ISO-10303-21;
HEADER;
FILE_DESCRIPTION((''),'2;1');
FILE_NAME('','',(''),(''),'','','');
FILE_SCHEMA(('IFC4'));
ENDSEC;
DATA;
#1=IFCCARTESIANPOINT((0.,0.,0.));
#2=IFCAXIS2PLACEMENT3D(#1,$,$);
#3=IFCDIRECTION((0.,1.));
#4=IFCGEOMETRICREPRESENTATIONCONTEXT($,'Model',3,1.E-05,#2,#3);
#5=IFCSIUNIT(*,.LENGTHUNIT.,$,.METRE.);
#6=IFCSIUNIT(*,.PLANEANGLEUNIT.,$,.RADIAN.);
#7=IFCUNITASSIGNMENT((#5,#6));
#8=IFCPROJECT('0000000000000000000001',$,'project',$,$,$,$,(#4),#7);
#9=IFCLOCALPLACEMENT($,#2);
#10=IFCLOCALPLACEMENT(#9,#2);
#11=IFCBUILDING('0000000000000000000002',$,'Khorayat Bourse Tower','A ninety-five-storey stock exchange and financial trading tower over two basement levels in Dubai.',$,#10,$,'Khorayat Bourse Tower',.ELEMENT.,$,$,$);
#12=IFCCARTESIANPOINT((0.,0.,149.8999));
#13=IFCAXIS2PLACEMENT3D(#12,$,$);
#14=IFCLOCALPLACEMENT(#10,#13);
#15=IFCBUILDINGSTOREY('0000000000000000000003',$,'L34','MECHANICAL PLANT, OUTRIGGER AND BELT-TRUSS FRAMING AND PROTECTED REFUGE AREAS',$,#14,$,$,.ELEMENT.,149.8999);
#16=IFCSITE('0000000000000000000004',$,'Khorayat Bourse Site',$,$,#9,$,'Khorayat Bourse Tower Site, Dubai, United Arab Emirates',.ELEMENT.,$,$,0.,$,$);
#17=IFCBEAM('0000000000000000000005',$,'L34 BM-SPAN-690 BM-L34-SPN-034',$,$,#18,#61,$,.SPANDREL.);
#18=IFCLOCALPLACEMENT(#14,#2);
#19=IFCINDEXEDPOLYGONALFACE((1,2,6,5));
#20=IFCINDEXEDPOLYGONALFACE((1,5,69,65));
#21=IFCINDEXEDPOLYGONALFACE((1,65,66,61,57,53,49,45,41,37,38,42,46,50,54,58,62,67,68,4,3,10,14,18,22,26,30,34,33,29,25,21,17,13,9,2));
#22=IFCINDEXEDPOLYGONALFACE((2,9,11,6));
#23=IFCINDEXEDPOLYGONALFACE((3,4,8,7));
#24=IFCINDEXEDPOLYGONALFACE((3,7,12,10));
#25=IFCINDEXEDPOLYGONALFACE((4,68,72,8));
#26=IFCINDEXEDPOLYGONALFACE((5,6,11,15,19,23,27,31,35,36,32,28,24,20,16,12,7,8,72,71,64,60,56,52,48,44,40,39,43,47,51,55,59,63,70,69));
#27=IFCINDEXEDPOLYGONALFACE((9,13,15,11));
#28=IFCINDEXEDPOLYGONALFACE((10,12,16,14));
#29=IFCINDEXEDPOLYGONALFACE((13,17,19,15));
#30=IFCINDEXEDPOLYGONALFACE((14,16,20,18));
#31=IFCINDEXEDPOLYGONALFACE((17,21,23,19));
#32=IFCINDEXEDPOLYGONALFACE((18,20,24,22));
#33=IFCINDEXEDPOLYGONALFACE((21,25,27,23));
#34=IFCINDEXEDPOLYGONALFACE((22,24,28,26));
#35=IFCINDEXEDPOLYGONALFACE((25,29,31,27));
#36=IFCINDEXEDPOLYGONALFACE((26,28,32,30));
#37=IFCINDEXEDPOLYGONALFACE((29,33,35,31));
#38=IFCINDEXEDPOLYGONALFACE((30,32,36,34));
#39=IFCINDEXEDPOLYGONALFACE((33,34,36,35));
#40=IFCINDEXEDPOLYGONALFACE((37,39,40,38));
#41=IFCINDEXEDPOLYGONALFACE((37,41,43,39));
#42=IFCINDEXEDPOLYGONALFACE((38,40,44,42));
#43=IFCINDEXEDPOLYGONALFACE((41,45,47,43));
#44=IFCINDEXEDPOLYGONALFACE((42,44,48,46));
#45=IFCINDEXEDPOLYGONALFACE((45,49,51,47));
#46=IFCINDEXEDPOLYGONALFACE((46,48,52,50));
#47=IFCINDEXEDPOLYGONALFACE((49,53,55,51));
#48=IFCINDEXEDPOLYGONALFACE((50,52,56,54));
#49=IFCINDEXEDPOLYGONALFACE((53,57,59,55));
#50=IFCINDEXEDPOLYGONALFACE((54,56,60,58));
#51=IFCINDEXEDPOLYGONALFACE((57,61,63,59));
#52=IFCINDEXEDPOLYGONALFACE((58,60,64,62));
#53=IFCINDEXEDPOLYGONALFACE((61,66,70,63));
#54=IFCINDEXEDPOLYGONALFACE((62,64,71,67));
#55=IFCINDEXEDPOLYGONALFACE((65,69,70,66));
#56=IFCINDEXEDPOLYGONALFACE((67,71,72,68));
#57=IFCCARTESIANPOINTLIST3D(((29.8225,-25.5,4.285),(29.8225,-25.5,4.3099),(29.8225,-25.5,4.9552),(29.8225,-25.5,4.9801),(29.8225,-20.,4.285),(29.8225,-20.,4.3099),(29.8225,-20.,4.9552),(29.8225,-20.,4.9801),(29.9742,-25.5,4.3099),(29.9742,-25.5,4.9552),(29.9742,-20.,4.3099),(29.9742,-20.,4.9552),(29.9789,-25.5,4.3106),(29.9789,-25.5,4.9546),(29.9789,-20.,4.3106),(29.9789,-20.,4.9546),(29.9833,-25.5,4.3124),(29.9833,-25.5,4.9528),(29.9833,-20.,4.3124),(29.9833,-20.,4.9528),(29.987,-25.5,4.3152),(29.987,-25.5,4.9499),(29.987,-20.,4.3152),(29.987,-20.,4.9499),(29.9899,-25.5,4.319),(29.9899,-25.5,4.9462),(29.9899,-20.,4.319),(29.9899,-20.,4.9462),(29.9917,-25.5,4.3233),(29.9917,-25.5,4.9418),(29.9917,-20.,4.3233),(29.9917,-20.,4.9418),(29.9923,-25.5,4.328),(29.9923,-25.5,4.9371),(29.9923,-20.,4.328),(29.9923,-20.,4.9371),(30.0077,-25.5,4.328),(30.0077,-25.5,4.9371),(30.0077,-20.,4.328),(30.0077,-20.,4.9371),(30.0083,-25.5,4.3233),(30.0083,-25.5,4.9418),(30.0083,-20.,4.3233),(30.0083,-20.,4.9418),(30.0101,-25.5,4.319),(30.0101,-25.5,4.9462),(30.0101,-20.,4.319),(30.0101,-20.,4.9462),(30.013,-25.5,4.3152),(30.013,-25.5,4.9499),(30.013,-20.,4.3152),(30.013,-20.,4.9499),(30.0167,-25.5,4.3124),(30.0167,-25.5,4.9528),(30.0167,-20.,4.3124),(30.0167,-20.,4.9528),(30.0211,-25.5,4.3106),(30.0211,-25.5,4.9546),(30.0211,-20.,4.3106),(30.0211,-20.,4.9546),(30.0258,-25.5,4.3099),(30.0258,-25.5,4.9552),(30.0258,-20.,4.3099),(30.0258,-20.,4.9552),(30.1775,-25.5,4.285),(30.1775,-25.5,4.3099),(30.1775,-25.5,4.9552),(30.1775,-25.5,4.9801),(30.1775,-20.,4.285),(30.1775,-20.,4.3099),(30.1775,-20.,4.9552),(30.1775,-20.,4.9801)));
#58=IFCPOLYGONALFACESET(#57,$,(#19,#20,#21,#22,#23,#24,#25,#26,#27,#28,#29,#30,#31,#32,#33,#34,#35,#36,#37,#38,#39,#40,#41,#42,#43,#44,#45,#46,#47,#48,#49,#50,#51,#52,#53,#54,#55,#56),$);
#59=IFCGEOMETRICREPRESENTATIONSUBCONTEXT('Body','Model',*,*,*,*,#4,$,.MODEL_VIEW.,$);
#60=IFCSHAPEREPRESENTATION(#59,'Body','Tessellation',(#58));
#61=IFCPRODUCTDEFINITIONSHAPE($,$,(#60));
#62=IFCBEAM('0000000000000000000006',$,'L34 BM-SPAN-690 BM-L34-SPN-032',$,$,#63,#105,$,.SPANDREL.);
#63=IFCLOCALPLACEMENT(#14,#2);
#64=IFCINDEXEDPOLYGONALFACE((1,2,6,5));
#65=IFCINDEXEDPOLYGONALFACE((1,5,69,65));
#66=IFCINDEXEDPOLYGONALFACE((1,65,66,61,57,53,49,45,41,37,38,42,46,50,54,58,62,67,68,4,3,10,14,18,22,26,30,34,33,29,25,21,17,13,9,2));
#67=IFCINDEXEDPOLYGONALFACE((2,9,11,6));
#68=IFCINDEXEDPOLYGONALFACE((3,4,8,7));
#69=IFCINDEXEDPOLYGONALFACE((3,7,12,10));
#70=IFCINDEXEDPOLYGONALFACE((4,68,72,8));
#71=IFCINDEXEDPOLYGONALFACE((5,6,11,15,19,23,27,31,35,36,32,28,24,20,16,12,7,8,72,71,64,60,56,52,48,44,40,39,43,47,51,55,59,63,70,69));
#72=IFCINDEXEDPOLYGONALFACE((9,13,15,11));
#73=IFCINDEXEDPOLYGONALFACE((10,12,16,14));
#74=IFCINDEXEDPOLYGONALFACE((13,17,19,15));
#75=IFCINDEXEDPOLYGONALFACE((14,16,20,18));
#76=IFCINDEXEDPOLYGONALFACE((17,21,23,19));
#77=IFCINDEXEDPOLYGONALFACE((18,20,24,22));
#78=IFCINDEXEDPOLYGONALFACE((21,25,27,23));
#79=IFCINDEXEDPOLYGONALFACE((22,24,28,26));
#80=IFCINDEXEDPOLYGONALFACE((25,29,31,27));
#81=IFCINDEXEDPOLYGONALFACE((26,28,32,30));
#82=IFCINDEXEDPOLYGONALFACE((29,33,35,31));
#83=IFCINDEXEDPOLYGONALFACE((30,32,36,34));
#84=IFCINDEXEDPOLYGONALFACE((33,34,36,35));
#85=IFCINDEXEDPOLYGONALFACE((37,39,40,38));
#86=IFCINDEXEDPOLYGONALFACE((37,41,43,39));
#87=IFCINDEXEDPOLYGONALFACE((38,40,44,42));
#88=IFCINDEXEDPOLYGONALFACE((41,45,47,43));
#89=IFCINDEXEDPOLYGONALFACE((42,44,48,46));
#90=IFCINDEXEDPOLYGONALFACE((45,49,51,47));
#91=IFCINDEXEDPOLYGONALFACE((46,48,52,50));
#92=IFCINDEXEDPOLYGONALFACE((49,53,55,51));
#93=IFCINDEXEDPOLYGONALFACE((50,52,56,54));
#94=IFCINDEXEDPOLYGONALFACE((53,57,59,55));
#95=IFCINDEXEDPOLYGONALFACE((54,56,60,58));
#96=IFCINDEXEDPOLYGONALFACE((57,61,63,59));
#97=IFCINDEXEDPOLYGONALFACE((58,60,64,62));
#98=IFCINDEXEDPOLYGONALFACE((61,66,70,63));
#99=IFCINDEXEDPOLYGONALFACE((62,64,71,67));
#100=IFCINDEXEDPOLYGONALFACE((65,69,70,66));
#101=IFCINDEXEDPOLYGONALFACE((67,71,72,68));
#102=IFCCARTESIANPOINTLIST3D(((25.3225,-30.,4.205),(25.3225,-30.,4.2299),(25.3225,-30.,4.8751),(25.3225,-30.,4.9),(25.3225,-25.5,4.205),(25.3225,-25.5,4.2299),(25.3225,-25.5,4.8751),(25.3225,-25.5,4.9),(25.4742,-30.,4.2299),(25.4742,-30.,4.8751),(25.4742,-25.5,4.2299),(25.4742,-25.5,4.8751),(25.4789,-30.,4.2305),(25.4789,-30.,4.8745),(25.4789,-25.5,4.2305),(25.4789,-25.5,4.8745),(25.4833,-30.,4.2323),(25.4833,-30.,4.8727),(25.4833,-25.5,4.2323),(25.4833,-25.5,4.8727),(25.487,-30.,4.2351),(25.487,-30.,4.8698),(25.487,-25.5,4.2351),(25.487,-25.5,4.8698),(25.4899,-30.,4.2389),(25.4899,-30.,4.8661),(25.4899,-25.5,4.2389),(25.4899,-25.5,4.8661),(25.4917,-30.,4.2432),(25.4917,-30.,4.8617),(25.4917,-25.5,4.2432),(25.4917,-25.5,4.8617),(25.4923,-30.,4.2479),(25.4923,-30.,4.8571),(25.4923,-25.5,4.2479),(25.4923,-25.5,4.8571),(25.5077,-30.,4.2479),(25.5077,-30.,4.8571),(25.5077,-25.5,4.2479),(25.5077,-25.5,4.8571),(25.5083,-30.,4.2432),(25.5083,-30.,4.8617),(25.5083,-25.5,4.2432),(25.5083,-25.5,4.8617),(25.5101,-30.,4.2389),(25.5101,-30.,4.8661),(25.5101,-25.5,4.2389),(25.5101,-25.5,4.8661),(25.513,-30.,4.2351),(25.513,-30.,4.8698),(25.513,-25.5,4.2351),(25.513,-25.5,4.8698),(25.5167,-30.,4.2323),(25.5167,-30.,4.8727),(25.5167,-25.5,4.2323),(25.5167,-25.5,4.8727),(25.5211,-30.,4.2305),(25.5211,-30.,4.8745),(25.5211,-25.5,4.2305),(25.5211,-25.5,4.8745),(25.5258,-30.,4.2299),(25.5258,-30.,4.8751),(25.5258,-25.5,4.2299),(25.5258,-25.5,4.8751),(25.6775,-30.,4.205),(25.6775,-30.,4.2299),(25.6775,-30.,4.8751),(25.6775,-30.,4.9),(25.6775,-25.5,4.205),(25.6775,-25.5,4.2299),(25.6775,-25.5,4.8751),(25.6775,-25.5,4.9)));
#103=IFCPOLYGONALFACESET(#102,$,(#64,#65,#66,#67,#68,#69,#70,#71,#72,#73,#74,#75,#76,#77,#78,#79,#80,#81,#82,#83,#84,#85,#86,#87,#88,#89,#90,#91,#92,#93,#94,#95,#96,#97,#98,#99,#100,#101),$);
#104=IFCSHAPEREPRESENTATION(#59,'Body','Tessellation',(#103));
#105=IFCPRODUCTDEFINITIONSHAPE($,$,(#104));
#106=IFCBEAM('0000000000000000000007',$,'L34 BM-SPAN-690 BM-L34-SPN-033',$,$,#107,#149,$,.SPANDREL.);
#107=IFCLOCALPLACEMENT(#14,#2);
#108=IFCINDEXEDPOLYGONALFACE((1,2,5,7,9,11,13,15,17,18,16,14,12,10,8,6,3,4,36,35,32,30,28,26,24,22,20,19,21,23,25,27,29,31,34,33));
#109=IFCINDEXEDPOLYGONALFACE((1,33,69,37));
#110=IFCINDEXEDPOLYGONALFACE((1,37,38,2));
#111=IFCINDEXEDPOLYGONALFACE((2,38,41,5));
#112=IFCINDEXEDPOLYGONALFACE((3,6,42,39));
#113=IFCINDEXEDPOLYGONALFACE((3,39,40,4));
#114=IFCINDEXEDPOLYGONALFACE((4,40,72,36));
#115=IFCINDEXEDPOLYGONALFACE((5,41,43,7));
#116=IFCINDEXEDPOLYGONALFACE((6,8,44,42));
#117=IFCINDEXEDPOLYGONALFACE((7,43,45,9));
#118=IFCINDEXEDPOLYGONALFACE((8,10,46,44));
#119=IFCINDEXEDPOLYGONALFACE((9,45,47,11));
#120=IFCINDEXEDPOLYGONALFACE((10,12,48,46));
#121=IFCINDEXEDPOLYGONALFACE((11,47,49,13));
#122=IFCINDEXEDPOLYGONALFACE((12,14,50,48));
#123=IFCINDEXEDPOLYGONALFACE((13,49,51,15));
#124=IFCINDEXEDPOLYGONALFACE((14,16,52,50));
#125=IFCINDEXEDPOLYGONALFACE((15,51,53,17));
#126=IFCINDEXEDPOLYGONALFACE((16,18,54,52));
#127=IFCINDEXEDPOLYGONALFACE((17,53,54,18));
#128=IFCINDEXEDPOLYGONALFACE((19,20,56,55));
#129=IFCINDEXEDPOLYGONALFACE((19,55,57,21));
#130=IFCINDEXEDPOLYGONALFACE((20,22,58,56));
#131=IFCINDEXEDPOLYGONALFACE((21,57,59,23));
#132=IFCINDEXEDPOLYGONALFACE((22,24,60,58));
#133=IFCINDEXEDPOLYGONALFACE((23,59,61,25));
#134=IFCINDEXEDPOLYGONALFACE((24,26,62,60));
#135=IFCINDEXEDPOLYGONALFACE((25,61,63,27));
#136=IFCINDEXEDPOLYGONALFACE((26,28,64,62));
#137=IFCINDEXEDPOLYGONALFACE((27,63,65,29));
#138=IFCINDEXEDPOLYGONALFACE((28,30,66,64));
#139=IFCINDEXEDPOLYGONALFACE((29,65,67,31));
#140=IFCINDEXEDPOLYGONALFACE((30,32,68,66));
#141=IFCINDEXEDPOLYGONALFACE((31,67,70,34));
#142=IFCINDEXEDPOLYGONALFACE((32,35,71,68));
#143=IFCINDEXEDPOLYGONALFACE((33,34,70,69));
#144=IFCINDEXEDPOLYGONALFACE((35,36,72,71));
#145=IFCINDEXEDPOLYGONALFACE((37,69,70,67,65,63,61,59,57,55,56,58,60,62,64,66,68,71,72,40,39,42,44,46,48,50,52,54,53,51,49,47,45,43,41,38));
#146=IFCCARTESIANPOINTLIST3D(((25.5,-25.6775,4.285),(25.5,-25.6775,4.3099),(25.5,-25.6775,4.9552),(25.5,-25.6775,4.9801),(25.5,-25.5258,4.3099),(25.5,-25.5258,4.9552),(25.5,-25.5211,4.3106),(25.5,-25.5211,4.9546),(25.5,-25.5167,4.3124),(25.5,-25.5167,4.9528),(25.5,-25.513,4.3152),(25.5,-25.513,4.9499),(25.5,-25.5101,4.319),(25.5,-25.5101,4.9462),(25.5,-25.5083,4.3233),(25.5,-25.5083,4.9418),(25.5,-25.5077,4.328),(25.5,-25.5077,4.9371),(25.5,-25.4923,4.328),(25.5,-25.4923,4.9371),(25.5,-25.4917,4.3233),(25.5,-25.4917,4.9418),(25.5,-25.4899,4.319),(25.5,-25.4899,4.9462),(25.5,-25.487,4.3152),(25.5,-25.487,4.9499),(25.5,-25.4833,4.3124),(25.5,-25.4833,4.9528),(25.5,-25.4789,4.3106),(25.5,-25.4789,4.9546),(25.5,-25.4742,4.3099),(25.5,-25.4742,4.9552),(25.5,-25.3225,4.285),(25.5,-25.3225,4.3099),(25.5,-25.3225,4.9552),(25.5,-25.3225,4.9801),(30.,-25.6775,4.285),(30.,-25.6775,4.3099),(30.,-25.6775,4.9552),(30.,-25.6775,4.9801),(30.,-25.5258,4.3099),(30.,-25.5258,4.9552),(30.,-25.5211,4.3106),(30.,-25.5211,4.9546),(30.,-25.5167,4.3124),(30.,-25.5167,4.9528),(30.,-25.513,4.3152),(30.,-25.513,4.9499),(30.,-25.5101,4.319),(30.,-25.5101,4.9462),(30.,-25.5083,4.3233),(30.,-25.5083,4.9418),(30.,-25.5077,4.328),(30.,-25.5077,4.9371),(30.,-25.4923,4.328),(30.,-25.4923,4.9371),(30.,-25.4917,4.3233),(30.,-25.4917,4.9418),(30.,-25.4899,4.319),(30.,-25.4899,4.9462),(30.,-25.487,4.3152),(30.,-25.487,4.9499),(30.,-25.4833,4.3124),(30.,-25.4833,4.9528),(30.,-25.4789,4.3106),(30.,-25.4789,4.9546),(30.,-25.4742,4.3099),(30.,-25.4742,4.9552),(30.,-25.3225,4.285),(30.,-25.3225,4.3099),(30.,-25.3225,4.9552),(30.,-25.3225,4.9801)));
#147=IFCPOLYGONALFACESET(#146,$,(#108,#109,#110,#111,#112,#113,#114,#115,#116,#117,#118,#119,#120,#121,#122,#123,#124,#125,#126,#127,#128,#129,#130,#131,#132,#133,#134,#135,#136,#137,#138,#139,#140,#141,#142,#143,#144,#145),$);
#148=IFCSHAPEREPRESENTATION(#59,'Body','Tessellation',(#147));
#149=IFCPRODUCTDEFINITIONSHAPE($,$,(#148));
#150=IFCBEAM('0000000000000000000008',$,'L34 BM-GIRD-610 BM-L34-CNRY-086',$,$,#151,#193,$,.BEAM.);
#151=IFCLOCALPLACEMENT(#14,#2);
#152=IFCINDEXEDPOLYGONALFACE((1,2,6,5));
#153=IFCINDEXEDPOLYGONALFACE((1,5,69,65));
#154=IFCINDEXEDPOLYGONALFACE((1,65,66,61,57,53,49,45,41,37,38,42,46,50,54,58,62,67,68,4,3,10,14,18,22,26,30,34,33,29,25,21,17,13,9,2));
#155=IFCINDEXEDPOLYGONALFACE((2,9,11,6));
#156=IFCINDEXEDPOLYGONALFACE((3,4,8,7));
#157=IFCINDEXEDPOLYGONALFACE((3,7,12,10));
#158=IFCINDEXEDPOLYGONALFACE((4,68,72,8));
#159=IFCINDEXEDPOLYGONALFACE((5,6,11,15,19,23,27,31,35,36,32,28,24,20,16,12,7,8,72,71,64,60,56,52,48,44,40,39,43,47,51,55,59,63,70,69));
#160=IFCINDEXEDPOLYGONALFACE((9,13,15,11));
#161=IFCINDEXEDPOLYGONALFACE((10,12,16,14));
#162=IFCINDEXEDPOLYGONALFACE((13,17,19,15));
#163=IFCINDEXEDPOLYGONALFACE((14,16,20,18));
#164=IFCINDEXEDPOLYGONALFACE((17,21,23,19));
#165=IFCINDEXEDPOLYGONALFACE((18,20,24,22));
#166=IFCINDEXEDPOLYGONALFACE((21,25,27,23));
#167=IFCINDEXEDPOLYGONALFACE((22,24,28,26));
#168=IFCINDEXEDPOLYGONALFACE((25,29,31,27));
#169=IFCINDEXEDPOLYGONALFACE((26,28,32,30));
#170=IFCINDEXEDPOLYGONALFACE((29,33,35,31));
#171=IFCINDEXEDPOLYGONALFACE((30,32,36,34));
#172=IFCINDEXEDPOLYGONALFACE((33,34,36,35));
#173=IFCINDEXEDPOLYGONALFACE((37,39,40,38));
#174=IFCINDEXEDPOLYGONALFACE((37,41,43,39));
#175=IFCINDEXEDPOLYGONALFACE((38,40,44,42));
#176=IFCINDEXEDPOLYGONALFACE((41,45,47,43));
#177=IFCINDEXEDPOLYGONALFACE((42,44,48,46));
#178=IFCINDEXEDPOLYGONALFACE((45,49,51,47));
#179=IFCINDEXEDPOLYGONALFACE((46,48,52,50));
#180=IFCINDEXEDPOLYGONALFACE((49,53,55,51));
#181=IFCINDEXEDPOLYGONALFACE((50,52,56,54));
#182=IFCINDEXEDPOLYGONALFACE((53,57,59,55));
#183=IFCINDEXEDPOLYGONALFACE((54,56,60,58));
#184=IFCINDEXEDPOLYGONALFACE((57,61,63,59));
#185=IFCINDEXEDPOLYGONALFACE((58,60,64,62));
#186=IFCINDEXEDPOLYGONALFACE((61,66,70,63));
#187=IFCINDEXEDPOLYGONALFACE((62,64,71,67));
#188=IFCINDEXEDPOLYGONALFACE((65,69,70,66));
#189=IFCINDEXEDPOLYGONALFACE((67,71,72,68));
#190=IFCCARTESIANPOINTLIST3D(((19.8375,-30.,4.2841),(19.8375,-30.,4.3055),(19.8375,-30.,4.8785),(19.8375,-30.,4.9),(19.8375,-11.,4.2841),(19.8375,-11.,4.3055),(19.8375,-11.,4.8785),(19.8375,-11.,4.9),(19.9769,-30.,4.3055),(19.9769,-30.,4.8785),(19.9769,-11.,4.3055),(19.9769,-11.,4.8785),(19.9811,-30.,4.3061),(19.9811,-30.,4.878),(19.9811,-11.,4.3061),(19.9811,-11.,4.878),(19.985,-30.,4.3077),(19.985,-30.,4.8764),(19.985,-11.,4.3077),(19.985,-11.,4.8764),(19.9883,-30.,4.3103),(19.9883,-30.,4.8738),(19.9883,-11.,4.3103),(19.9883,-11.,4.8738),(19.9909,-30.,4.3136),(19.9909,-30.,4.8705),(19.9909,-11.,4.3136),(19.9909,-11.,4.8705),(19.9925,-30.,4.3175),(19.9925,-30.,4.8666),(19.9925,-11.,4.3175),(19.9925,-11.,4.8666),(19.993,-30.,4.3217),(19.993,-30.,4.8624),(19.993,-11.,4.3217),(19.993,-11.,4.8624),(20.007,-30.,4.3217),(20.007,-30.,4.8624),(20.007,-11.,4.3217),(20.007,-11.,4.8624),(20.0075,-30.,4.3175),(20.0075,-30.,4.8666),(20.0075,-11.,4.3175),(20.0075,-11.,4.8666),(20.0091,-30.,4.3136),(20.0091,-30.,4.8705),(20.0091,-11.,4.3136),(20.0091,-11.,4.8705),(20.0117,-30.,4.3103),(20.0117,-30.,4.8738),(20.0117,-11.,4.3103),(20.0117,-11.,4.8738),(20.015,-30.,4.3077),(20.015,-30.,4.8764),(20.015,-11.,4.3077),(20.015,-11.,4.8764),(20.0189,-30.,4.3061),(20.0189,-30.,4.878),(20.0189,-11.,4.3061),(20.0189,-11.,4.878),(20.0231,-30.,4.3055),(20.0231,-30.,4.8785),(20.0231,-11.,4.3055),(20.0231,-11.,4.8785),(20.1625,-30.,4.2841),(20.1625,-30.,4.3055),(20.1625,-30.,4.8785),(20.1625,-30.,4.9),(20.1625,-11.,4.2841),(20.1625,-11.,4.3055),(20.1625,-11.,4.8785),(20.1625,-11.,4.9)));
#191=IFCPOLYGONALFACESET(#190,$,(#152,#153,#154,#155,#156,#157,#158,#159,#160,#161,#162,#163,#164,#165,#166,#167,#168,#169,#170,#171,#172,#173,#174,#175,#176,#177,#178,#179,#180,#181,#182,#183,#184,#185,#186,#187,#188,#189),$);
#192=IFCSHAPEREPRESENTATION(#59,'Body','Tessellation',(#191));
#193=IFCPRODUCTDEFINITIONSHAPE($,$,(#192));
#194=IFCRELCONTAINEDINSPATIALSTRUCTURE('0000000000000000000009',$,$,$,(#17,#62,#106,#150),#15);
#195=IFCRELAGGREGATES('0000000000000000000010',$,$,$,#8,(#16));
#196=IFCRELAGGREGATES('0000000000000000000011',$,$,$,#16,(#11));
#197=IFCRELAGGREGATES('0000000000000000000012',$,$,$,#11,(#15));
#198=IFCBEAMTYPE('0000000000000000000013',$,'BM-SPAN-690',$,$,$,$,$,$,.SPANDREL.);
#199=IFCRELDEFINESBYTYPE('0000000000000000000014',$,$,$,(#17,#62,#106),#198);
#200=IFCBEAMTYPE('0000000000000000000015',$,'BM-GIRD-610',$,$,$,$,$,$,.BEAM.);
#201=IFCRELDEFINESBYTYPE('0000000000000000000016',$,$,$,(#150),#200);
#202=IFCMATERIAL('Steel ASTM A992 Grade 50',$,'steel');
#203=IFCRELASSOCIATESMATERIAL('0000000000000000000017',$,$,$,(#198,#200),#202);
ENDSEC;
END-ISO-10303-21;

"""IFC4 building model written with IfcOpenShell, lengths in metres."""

from ifc_helpers import new_model, si_unit, direction, frame, origin, origin_2d, place, context, subcontext, project, spatial, i_section, extrude, source, transform, mapped, material, material_profile, profile_set, type_object, element, save


model = new_model("IFC4")

# Units and contexts
model_context = context("Model", 3, precision=1e-05, world=origin(), true_north=direction((0.0, 1.0)))
body_context = subcontext(model_context, "Body", "Model", "MODEL_VIEW")
ifc_project = project(units=[si_unit("LENGTHUNIT", "METRE"), si_unit("PLANEANGLEUNIT", "RADIAN")], contexts=[model_context])

# Site, building, storey
site_placement = place(None, origin())
site = spatial("IfcSite", under=ifc_project, at=site_placement, Name="Khorayat Bourse Site", LongName="Khorayat Bourse Tower Site, Dubai, United Arab Emirates", CompositionType="ELEMENT", RefElevation=0.0)
building_placement = place(site_placement, origin())
building = spatial("IfcBuilding", under=site, at=building_placement, Name="Khorayat Bourse Tower", Description="A ninety-five-storey stock exchange and financial trading tower over two basement levels in Dubai.", LongName="Khorayat Bourse Tower", CompositionType="ELEMENT")
storey_placement = place(building_placement, frame((0.0, 0.0, 149.8999)))
storey = spatial("IfcBuildingStorey", under=building, at=storey_placement, Name="L34", Description="MECHANICAL PLANT, OUTRIGGER AND BELT-TRUSS FRAMING AND PROTECTED REFUGE AREAS", CompositionType="ELEMENT", Elevation=149.8999)

# Beams
ifc_material_1 = material(Name="Steel ASTM A992 Grade 50", Category="steel")
ifc_material_profile_1 = material_profile(ifc_material_1, i_section(OverallWidth=0.355, OverallDepth=0.6951, WebThickness=0.0154, FlangeThickness=0.0249, FilletRadius=0.0181, at=origin_2d()), Name="W690X217")
ifc_profile_set_1 = profile_set([ifc_material_profile_1], Name="Steel ASTM A992 Grade 50")
beam_type_1 = type_object("IfcBeamType", Name="BM-SPAN-690", PredefinedType="SPANDREL", material=ifc_profile_set_1)
shared_shape_1 = source(origin(), body_context, "Body", "SweptSolid", [
    extrude(i_section(OverallWidth=0.355, OverallDepth=0.6951, WebThickness=0.0154, FlangeThickness=0.0249, FilletRadius=0.0181, at=origin_2d()), origin(), (0.0, 0.0, 1.0), 5.5),
])
for number, where, z_axis, x_axis, name in (
    (1, (30.0, -25.5, 4.6326), (0.0, 1.0, 0.0), (-1.0, 0.0, 0.0), "L34 BM-SPAN-690 BM-L34-SPN-034"),
):
    element("IfcBeam", number, at=place(storey_placement, frame(where, z_axis=z_axis, x_axis=x_axis)), inside=storey, type_object=beam_type_1, Name=name, PredefinedType="SPANDREL", context=body_context, shape_type="MappedRepresentation", body=[
        mapped(shared_shape_1, transform((0.0, 0.0, 0.0), scale=1.0)),
    ])
shared_shape_2 = source(origin(), body_context, "Body", "SweptSolid", [
    extrude(i_section(OverallWidth=0.355, OverallDepth=0.6951, WebThickness=0.0154, FlangeThickness=0.0249, FilletRadius=0.0181, at=origin_2d()), origin(), (0.0, 0.0, 1.0), 4.5),
])
for number, where, z_axis, x_axis, name in (
    (2, (25.5, -30.0, 4.5525), (0.0, 1.0, 0.0), (-1.0, 0.0, 0.0), "L34 BM-SPAN-690 BM-L34-SPN-032"),
    (3, (25.5, -25.5, 4.6326), (1.0, 0.0, 0.0), (0.0, 1.0, 0.0), "L34 BM-SPAN-690 BM-L34-SPN-033"),
):
    element("IfcBeam", number, at=place(storey_placement, frame(where, z_axis=z_axis, x_axis=x_axis)), inside=storey, type_object=beam_type_1, Name=name, PredefinedType="SPANDREL", context=body_context, shape_type="MappedRepresentation", body=[
        mapped(shared_shape_2, transform((0.0, 0.0, 0.0), scale=1.0)),
    ])
ifc_material_profile_2 = material_profile(ifc_material_1, i_section(OverallWidth=0.325, OverallDepth=0.616, WebThickness=0.0139, FlangeThickness=0.0215, FilletRadius=0.0161, at=origin_2d()), Name="W610X174")
ifc_profile_set_2 = profile_set([ifc_material_profile_2], Name="Steel ASTM A992 Grade 50")
beam_type_2 = type_object("IfcBeamType", Name="BM-GIRD-610", PredefinedType="BEAM", material=ifc_profile_set_2)
shared_shape_3 = source(origin(), body_context, "Body", "SweptSolid", [
    extrude(i_section(OverallWidth=0.325, OverallDepth=0.616, WebThickness=0.0139, FlangeThickness=0.0215, FilletRadius=0.0161, at=origin_2d()), origin(), (0.0, 0.0, 1.0), 19.0),
])
beam_1_placement = place(storey_placement, frame((20.0, -30.0, 4.592), z_axis=(0.0, 1.0, 0.0), x_axis=(-1.0, 0.0, 0.0)))
element("IfcBeam", 4, at=beam_1_placement, inside=storey, type_object=beam_type_2, Name="L34 BM-GIRD-610 BM-L34-CNRY-086", PredefinedType="BEAM", context=body_context, shape_type="MappedRepresentation", body=[
    mapped(shared_shape_3, transform((0.0, 0.0, 0.0), scale=1.0)),
])

save(model, "model.ifc")
